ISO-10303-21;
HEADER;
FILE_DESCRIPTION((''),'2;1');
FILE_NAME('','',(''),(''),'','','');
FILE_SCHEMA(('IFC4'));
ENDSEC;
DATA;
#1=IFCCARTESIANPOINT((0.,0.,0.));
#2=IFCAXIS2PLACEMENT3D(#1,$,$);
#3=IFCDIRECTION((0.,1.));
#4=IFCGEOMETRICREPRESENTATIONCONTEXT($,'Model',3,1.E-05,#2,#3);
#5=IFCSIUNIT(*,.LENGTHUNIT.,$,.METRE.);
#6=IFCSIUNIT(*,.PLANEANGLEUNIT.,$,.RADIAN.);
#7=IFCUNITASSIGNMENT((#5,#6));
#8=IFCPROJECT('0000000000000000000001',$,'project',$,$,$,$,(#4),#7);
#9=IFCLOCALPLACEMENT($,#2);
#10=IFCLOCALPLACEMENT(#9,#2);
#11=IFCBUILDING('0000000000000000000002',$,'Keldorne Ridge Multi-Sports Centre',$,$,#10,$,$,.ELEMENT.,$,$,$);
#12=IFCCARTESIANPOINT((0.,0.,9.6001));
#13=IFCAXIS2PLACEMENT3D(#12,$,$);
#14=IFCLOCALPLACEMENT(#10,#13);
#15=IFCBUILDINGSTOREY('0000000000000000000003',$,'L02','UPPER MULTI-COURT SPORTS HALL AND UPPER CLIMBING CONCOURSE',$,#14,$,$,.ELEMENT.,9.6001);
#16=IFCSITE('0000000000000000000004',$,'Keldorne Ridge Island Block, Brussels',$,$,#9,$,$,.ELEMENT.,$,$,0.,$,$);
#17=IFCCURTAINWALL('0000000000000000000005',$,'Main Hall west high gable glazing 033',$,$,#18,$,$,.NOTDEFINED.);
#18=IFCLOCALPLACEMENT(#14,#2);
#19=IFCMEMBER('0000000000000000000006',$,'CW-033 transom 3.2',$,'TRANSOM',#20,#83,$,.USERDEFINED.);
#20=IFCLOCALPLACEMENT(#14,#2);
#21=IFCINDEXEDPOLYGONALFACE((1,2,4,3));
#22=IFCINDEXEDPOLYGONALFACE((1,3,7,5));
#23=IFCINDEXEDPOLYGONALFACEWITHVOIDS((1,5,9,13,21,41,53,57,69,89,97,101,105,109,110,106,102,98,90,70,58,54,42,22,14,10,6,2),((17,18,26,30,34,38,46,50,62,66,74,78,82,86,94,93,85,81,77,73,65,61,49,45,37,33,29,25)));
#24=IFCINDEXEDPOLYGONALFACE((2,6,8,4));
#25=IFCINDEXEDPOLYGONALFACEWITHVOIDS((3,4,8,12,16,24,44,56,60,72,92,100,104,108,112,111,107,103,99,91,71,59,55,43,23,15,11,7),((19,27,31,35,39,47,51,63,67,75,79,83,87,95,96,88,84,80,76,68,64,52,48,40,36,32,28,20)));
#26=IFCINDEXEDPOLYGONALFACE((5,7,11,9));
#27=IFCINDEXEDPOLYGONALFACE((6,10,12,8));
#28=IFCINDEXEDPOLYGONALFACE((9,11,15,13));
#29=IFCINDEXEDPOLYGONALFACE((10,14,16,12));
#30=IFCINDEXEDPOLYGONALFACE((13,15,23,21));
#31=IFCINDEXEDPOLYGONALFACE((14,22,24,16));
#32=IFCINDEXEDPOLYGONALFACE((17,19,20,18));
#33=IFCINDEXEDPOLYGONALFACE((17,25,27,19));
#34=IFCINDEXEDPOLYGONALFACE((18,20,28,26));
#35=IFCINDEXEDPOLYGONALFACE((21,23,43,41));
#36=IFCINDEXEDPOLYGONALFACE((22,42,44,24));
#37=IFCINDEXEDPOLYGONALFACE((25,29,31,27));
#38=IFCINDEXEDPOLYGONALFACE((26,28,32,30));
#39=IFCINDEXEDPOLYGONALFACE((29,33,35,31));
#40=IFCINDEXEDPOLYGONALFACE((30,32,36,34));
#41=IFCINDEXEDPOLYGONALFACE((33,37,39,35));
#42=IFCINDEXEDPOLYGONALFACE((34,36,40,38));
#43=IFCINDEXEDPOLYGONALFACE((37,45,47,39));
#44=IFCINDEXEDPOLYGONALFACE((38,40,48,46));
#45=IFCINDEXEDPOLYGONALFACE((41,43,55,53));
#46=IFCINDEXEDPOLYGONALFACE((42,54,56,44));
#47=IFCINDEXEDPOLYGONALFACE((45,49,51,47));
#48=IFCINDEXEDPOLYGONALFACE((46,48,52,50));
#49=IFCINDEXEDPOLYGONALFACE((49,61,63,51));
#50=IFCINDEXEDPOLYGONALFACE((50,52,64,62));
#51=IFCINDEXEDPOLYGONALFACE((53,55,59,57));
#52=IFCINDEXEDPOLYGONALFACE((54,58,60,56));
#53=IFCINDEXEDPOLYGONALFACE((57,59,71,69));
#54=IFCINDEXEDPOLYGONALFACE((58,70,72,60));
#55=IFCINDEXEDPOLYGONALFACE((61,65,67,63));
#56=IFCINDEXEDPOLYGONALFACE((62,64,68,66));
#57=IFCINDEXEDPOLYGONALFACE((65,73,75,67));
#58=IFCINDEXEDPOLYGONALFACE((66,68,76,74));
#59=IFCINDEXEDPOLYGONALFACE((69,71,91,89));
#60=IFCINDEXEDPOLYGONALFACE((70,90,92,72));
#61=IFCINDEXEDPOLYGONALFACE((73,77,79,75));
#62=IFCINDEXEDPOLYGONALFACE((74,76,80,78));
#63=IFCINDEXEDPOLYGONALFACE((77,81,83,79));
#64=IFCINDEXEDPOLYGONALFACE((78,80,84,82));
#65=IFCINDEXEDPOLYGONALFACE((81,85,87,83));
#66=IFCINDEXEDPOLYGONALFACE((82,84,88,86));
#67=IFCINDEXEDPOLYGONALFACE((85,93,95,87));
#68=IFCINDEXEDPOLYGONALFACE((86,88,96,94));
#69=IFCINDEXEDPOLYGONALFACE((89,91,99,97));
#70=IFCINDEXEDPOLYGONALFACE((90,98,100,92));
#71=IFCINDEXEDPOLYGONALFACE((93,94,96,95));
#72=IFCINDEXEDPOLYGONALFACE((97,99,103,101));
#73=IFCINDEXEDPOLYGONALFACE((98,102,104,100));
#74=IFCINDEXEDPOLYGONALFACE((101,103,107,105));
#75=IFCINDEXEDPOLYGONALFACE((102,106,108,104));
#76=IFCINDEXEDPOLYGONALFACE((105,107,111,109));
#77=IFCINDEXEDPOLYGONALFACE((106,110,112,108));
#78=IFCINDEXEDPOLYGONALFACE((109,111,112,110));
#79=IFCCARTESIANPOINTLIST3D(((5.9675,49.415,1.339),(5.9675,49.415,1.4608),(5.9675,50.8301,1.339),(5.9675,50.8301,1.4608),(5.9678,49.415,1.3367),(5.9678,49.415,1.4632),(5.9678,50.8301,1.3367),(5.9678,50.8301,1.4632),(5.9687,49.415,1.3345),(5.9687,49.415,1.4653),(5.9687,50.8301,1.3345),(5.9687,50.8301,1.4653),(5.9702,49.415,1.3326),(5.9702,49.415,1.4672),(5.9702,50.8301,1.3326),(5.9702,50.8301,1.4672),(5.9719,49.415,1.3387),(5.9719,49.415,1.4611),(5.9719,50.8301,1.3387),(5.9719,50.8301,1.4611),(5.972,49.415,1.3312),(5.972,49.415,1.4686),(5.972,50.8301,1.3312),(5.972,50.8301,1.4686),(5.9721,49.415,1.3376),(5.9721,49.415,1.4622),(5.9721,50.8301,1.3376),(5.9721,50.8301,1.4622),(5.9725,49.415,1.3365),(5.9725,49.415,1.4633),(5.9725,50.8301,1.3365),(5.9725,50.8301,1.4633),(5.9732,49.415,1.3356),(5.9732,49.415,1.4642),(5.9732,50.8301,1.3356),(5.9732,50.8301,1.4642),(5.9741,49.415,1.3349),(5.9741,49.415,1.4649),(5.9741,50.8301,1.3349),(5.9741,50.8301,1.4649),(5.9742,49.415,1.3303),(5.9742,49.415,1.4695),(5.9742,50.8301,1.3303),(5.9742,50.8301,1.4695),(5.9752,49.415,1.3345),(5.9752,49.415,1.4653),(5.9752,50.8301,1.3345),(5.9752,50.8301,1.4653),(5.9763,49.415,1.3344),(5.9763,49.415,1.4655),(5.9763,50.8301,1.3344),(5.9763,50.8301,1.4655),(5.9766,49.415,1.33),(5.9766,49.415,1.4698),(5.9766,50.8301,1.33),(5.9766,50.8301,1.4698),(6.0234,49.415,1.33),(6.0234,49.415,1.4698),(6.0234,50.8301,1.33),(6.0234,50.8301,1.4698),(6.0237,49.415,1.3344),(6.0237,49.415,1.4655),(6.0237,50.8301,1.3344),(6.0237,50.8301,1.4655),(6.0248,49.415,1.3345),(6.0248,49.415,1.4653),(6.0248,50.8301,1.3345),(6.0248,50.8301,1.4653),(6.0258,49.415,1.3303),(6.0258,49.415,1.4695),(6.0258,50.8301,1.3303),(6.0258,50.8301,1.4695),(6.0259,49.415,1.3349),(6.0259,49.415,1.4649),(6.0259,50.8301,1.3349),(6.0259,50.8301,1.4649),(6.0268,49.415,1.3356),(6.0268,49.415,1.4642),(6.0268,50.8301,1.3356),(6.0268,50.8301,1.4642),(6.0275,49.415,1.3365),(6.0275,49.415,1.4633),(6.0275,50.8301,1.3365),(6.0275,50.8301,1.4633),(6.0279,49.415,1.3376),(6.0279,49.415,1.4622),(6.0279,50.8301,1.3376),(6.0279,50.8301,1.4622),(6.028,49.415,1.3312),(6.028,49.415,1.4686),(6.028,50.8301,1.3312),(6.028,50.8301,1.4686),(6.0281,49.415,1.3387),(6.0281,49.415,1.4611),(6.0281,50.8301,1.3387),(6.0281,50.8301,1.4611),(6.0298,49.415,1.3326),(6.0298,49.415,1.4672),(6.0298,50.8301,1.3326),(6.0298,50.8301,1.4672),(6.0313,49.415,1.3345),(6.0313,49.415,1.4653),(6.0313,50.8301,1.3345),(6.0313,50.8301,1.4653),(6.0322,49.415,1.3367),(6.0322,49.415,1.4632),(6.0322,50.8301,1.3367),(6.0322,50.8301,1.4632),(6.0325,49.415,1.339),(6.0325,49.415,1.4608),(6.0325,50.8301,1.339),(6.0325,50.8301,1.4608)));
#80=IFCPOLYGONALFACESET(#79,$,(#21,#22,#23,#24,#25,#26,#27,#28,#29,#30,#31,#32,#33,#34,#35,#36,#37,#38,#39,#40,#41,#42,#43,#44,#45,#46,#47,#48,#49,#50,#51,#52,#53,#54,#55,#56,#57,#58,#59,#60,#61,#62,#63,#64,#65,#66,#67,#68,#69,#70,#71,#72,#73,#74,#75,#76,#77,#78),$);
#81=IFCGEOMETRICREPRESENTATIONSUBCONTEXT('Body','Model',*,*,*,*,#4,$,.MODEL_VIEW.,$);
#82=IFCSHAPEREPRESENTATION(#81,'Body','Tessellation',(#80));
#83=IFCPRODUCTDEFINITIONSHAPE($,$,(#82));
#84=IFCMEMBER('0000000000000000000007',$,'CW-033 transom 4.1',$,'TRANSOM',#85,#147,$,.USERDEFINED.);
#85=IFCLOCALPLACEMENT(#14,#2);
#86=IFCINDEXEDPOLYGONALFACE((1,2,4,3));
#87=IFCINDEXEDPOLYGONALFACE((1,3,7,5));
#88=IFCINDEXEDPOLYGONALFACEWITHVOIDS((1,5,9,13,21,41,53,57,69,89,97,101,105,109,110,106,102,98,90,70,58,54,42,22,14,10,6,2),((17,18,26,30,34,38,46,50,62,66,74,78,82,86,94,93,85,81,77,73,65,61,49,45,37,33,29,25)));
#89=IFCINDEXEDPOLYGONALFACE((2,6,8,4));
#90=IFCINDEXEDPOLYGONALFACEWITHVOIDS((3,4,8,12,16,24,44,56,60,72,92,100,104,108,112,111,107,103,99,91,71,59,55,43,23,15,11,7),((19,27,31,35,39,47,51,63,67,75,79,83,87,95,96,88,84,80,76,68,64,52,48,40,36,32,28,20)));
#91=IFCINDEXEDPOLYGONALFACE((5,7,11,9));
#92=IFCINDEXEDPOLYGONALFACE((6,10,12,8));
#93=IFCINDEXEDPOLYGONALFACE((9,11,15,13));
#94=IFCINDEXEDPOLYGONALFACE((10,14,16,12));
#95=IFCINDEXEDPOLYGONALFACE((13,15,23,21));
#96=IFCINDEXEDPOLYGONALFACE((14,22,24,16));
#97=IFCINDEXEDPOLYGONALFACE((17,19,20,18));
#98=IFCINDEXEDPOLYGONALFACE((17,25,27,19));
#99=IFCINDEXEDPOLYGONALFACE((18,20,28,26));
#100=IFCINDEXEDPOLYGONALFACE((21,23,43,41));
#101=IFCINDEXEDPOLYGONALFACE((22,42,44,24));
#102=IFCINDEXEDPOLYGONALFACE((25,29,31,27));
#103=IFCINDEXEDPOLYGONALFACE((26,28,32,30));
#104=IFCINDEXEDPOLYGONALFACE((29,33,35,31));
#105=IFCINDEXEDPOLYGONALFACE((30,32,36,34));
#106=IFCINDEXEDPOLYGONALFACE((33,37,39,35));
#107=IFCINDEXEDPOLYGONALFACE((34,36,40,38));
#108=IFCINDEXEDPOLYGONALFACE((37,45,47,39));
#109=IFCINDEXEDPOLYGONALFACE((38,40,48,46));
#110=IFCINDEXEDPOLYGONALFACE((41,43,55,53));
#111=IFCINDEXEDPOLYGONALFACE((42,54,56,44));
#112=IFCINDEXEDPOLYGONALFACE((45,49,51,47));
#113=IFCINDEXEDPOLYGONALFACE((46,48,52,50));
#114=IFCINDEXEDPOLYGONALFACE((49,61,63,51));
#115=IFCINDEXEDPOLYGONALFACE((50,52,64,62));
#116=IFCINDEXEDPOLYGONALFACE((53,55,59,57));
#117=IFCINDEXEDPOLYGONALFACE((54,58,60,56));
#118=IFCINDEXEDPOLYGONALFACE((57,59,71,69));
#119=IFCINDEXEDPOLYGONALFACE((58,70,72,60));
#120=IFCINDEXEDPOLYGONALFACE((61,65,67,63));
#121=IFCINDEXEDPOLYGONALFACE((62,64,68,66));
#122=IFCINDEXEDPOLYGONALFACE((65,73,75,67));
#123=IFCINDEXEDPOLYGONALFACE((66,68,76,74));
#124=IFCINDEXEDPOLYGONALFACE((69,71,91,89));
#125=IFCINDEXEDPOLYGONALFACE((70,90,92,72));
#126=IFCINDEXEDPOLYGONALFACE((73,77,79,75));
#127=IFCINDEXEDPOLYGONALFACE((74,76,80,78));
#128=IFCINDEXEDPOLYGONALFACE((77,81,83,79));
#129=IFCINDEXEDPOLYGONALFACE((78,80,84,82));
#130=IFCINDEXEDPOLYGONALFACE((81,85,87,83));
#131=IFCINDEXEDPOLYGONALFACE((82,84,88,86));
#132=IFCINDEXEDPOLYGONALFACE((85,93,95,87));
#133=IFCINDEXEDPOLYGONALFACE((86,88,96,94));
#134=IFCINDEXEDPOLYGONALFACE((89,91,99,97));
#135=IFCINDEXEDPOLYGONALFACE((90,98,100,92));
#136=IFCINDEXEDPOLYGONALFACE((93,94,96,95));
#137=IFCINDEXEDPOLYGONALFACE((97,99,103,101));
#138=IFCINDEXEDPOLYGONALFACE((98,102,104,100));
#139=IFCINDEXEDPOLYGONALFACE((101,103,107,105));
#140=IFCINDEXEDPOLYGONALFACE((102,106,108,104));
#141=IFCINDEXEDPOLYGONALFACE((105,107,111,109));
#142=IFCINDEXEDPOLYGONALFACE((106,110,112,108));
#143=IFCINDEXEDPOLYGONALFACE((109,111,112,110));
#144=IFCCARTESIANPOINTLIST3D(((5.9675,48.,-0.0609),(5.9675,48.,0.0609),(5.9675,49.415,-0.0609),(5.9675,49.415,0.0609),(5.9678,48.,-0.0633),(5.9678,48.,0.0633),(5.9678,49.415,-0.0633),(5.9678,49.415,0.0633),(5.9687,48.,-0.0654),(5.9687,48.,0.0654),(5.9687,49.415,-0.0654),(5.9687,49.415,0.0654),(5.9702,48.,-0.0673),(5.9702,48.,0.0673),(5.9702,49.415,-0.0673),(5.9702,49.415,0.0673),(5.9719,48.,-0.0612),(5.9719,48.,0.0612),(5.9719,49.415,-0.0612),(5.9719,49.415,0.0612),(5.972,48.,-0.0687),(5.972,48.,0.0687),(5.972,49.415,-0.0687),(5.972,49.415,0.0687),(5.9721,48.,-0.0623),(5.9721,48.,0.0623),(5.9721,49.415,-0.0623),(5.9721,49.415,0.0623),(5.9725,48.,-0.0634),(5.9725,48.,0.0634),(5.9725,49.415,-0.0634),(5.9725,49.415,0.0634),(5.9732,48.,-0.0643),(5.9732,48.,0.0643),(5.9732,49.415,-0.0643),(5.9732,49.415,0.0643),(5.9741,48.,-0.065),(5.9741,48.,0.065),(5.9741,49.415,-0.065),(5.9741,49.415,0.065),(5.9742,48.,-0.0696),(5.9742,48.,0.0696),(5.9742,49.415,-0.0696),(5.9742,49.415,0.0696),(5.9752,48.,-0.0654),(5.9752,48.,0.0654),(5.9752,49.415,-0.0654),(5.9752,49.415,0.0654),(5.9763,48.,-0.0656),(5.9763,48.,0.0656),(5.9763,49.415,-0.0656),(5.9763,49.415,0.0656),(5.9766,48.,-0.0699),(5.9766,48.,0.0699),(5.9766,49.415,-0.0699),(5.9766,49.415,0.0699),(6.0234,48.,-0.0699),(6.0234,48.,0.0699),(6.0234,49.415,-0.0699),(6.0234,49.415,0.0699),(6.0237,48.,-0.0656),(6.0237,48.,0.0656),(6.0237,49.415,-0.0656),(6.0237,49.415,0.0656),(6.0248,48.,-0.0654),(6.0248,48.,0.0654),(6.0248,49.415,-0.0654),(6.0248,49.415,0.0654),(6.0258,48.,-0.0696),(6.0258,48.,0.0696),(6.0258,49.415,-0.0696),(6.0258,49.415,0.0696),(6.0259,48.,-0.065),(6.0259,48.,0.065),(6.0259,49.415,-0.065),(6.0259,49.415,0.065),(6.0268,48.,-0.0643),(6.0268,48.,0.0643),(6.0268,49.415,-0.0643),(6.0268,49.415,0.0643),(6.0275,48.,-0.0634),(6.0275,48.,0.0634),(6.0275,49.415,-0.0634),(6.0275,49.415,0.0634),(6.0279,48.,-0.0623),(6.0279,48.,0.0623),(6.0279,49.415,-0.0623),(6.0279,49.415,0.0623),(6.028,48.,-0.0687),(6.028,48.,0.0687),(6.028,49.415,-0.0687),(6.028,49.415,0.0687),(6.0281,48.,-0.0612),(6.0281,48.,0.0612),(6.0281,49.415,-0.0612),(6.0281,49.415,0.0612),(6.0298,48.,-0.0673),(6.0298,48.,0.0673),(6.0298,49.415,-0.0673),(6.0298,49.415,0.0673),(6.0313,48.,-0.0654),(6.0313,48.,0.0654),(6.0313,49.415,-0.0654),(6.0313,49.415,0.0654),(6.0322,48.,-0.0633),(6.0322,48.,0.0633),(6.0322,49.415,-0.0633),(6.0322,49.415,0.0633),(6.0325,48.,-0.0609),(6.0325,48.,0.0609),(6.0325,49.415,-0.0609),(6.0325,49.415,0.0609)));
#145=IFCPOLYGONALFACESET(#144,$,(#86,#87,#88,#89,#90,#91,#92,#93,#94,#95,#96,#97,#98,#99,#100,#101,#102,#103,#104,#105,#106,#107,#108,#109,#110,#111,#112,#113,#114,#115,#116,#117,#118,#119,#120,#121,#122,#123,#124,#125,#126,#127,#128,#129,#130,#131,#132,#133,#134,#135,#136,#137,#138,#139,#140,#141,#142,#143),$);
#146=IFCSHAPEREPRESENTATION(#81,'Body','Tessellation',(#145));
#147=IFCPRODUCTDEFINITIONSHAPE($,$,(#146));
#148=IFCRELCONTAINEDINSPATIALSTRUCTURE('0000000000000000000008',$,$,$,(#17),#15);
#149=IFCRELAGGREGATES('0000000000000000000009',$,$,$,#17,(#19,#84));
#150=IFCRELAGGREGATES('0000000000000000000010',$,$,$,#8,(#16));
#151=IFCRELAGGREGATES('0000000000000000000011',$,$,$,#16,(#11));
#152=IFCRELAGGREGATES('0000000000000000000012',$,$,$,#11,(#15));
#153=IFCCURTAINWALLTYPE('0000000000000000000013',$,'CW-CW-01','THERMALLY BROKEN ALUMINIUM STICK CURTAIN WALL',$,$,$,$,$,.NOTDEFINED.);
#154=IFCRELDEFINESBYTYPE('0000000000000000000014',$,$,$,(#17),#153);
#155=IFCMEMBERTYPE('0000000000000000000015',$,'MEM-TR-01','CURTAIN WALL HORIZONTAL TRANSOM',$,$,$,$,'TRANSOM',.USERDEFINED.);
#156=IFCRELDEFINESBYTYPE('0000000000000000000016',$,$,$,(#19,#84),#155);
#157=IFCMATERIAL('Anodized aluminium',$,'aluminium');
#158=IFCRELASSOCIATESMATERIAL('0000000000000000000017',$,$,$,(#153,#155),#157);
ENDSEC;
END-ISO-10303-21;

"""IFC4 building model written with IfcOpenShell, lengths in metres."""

from ifc_helpers import new_model, si_unit, direction, frame, origin, origin_2d, place, context, subcontext, project, spatial, hollow_rectangle, extrude, material, material_profile, profile_set, type_object, element, aggregate, save


model = new_model("IFC4")

# Units and contexts
model_context = context("Model", 3, precision=1e-05, world=origin(), true_north=direction((0.0, 1.0)))
body_context = subcontext(model_context, "Body", "Model", "MODEL_VIEW")
ifc_project = project(units=[si_unit("LENGTHUNIT", "METRE"), si_unit("PLANEANGLEUNIT", "RADIAN")], contexts=[model_context])

# Site, building, storey
site_placement = place(None, origin())
site = spatial("IfcSite", under=ifc_project, at=site_placement, Name="Keldorne Ridge Island Block, Brussels", CompositionType="ELEMENT", RefElevation=0.0)
building_placement = place(site_placement, origin())
building = spatial("IfcBuilding", under=site, at=building_placement, Name="Keldorne Ridge Multi-Sports Centre", CompositionType="ELEMENT")
storey_placement = place(building_placement, frame((0.0, 0.0, 9.6001)))
storey = spatial("IfcBuildingStorey", under=building, at=storey_placement, Name="L02", Description="UPPER MULTI-COURT SPORTS HALL AND UPPER CLIMBING CONCOURSE", CompositionType="ELEMENT", Elevation=9.6001)

# Curtain wall, members
ifc_material_1 = material(Name="Anodized aluminium", Category="aluminium")
curtain_wall_type = type_object("IfcCurtainWallType", Name="CW-CW-01", Description="THERMALLY BROKEN ALUMINIUM STICK CURTAIN WALL", PredefinedType="NOTDEFINED", material=ifc_material_1)
curtain_wall_placement = place(storey_placement, origin())
curtain_wall = element("IfcCurtainWall", 1, at=curtain_wall_placement, inside=storey, type_object=curtain_wall_type, Name="Main Hall west high gable glazing 033", PredefinedType="NOTDEFINED")
ifc_material_profile_1 = material_profile(ifc_material_1, hollow_rectangle(XDim=0.0649, YDim=0.1399, WallThickness=0.0044, InnerFilletRadius=0.0044, OuterFilletRadius=0.009, at=origin_2d()), Name="ALU TRANSOM 140x65x4.5")
ifc_profile_set_1 = profile_set([ifc_material_profile_1], Name="Anodized aluminium")
member_type_1 = type_object("IfcMemberType", Name="MEM-TR-01", Description="CURTAIN WALL HORIZONTAL TRANSOM", ElementType="TRANSOM", PredefinedType="USERDEFINED", material=ifc_profile_set_1)
member_1_placement = place(storey_placement, frame((6.0, 50.8301, 1.3999), z_axis=(0.0, -1.0, 0.0), x_axis=(1.0, 0.0, 0.0)))
member_1 = element("IfcMember", 2, at=member_1_placement, type_object=member_type_1, Name="CW-033 transom 3.2", ObjectType="TRANSOM", PredefinedType="USERDEFINED", context=body_context, shape_type="SweptSolid", body=[
    extrude(hollow_rectangle(XDim=0.0649, YDim=0.1399, WallThickness=0.0044, InnerFilletRadius=0.0044, OuterFilletRadius=0.009, at=origin_2d()), origin(), (0.0, 0.0, 1.0), 1.415),
])
member_2_placement = place(storey_placement, frame((6.0, 49.415, 0.0), z_axis=(0.0, -1.0, 0.0), x_axis=(1.0, 0.0, 0.0)))
member_2 = element("IfcMember", 3, at=member_2_placement, type_object=member_type_1, Name="CW-033 transom 4.1", ObjectType="TRANSOM", PredefinedType="USERDEFINED", context=body_context, shape_type="SweptSolid", body=[
    extrude(hollow_rectangle(XDim=0.0649, YDim=0.1399, WallThickness=0.0044, InnerFilletRadius=0.0044, OuterFilletRadius=0.009, at=origin_2d()), origin(), (0.0, 0.0, 1.0), 1.415),
])
aggregate(curtain_wall, [member_1, member_2])

save(model, "model.ifc")
